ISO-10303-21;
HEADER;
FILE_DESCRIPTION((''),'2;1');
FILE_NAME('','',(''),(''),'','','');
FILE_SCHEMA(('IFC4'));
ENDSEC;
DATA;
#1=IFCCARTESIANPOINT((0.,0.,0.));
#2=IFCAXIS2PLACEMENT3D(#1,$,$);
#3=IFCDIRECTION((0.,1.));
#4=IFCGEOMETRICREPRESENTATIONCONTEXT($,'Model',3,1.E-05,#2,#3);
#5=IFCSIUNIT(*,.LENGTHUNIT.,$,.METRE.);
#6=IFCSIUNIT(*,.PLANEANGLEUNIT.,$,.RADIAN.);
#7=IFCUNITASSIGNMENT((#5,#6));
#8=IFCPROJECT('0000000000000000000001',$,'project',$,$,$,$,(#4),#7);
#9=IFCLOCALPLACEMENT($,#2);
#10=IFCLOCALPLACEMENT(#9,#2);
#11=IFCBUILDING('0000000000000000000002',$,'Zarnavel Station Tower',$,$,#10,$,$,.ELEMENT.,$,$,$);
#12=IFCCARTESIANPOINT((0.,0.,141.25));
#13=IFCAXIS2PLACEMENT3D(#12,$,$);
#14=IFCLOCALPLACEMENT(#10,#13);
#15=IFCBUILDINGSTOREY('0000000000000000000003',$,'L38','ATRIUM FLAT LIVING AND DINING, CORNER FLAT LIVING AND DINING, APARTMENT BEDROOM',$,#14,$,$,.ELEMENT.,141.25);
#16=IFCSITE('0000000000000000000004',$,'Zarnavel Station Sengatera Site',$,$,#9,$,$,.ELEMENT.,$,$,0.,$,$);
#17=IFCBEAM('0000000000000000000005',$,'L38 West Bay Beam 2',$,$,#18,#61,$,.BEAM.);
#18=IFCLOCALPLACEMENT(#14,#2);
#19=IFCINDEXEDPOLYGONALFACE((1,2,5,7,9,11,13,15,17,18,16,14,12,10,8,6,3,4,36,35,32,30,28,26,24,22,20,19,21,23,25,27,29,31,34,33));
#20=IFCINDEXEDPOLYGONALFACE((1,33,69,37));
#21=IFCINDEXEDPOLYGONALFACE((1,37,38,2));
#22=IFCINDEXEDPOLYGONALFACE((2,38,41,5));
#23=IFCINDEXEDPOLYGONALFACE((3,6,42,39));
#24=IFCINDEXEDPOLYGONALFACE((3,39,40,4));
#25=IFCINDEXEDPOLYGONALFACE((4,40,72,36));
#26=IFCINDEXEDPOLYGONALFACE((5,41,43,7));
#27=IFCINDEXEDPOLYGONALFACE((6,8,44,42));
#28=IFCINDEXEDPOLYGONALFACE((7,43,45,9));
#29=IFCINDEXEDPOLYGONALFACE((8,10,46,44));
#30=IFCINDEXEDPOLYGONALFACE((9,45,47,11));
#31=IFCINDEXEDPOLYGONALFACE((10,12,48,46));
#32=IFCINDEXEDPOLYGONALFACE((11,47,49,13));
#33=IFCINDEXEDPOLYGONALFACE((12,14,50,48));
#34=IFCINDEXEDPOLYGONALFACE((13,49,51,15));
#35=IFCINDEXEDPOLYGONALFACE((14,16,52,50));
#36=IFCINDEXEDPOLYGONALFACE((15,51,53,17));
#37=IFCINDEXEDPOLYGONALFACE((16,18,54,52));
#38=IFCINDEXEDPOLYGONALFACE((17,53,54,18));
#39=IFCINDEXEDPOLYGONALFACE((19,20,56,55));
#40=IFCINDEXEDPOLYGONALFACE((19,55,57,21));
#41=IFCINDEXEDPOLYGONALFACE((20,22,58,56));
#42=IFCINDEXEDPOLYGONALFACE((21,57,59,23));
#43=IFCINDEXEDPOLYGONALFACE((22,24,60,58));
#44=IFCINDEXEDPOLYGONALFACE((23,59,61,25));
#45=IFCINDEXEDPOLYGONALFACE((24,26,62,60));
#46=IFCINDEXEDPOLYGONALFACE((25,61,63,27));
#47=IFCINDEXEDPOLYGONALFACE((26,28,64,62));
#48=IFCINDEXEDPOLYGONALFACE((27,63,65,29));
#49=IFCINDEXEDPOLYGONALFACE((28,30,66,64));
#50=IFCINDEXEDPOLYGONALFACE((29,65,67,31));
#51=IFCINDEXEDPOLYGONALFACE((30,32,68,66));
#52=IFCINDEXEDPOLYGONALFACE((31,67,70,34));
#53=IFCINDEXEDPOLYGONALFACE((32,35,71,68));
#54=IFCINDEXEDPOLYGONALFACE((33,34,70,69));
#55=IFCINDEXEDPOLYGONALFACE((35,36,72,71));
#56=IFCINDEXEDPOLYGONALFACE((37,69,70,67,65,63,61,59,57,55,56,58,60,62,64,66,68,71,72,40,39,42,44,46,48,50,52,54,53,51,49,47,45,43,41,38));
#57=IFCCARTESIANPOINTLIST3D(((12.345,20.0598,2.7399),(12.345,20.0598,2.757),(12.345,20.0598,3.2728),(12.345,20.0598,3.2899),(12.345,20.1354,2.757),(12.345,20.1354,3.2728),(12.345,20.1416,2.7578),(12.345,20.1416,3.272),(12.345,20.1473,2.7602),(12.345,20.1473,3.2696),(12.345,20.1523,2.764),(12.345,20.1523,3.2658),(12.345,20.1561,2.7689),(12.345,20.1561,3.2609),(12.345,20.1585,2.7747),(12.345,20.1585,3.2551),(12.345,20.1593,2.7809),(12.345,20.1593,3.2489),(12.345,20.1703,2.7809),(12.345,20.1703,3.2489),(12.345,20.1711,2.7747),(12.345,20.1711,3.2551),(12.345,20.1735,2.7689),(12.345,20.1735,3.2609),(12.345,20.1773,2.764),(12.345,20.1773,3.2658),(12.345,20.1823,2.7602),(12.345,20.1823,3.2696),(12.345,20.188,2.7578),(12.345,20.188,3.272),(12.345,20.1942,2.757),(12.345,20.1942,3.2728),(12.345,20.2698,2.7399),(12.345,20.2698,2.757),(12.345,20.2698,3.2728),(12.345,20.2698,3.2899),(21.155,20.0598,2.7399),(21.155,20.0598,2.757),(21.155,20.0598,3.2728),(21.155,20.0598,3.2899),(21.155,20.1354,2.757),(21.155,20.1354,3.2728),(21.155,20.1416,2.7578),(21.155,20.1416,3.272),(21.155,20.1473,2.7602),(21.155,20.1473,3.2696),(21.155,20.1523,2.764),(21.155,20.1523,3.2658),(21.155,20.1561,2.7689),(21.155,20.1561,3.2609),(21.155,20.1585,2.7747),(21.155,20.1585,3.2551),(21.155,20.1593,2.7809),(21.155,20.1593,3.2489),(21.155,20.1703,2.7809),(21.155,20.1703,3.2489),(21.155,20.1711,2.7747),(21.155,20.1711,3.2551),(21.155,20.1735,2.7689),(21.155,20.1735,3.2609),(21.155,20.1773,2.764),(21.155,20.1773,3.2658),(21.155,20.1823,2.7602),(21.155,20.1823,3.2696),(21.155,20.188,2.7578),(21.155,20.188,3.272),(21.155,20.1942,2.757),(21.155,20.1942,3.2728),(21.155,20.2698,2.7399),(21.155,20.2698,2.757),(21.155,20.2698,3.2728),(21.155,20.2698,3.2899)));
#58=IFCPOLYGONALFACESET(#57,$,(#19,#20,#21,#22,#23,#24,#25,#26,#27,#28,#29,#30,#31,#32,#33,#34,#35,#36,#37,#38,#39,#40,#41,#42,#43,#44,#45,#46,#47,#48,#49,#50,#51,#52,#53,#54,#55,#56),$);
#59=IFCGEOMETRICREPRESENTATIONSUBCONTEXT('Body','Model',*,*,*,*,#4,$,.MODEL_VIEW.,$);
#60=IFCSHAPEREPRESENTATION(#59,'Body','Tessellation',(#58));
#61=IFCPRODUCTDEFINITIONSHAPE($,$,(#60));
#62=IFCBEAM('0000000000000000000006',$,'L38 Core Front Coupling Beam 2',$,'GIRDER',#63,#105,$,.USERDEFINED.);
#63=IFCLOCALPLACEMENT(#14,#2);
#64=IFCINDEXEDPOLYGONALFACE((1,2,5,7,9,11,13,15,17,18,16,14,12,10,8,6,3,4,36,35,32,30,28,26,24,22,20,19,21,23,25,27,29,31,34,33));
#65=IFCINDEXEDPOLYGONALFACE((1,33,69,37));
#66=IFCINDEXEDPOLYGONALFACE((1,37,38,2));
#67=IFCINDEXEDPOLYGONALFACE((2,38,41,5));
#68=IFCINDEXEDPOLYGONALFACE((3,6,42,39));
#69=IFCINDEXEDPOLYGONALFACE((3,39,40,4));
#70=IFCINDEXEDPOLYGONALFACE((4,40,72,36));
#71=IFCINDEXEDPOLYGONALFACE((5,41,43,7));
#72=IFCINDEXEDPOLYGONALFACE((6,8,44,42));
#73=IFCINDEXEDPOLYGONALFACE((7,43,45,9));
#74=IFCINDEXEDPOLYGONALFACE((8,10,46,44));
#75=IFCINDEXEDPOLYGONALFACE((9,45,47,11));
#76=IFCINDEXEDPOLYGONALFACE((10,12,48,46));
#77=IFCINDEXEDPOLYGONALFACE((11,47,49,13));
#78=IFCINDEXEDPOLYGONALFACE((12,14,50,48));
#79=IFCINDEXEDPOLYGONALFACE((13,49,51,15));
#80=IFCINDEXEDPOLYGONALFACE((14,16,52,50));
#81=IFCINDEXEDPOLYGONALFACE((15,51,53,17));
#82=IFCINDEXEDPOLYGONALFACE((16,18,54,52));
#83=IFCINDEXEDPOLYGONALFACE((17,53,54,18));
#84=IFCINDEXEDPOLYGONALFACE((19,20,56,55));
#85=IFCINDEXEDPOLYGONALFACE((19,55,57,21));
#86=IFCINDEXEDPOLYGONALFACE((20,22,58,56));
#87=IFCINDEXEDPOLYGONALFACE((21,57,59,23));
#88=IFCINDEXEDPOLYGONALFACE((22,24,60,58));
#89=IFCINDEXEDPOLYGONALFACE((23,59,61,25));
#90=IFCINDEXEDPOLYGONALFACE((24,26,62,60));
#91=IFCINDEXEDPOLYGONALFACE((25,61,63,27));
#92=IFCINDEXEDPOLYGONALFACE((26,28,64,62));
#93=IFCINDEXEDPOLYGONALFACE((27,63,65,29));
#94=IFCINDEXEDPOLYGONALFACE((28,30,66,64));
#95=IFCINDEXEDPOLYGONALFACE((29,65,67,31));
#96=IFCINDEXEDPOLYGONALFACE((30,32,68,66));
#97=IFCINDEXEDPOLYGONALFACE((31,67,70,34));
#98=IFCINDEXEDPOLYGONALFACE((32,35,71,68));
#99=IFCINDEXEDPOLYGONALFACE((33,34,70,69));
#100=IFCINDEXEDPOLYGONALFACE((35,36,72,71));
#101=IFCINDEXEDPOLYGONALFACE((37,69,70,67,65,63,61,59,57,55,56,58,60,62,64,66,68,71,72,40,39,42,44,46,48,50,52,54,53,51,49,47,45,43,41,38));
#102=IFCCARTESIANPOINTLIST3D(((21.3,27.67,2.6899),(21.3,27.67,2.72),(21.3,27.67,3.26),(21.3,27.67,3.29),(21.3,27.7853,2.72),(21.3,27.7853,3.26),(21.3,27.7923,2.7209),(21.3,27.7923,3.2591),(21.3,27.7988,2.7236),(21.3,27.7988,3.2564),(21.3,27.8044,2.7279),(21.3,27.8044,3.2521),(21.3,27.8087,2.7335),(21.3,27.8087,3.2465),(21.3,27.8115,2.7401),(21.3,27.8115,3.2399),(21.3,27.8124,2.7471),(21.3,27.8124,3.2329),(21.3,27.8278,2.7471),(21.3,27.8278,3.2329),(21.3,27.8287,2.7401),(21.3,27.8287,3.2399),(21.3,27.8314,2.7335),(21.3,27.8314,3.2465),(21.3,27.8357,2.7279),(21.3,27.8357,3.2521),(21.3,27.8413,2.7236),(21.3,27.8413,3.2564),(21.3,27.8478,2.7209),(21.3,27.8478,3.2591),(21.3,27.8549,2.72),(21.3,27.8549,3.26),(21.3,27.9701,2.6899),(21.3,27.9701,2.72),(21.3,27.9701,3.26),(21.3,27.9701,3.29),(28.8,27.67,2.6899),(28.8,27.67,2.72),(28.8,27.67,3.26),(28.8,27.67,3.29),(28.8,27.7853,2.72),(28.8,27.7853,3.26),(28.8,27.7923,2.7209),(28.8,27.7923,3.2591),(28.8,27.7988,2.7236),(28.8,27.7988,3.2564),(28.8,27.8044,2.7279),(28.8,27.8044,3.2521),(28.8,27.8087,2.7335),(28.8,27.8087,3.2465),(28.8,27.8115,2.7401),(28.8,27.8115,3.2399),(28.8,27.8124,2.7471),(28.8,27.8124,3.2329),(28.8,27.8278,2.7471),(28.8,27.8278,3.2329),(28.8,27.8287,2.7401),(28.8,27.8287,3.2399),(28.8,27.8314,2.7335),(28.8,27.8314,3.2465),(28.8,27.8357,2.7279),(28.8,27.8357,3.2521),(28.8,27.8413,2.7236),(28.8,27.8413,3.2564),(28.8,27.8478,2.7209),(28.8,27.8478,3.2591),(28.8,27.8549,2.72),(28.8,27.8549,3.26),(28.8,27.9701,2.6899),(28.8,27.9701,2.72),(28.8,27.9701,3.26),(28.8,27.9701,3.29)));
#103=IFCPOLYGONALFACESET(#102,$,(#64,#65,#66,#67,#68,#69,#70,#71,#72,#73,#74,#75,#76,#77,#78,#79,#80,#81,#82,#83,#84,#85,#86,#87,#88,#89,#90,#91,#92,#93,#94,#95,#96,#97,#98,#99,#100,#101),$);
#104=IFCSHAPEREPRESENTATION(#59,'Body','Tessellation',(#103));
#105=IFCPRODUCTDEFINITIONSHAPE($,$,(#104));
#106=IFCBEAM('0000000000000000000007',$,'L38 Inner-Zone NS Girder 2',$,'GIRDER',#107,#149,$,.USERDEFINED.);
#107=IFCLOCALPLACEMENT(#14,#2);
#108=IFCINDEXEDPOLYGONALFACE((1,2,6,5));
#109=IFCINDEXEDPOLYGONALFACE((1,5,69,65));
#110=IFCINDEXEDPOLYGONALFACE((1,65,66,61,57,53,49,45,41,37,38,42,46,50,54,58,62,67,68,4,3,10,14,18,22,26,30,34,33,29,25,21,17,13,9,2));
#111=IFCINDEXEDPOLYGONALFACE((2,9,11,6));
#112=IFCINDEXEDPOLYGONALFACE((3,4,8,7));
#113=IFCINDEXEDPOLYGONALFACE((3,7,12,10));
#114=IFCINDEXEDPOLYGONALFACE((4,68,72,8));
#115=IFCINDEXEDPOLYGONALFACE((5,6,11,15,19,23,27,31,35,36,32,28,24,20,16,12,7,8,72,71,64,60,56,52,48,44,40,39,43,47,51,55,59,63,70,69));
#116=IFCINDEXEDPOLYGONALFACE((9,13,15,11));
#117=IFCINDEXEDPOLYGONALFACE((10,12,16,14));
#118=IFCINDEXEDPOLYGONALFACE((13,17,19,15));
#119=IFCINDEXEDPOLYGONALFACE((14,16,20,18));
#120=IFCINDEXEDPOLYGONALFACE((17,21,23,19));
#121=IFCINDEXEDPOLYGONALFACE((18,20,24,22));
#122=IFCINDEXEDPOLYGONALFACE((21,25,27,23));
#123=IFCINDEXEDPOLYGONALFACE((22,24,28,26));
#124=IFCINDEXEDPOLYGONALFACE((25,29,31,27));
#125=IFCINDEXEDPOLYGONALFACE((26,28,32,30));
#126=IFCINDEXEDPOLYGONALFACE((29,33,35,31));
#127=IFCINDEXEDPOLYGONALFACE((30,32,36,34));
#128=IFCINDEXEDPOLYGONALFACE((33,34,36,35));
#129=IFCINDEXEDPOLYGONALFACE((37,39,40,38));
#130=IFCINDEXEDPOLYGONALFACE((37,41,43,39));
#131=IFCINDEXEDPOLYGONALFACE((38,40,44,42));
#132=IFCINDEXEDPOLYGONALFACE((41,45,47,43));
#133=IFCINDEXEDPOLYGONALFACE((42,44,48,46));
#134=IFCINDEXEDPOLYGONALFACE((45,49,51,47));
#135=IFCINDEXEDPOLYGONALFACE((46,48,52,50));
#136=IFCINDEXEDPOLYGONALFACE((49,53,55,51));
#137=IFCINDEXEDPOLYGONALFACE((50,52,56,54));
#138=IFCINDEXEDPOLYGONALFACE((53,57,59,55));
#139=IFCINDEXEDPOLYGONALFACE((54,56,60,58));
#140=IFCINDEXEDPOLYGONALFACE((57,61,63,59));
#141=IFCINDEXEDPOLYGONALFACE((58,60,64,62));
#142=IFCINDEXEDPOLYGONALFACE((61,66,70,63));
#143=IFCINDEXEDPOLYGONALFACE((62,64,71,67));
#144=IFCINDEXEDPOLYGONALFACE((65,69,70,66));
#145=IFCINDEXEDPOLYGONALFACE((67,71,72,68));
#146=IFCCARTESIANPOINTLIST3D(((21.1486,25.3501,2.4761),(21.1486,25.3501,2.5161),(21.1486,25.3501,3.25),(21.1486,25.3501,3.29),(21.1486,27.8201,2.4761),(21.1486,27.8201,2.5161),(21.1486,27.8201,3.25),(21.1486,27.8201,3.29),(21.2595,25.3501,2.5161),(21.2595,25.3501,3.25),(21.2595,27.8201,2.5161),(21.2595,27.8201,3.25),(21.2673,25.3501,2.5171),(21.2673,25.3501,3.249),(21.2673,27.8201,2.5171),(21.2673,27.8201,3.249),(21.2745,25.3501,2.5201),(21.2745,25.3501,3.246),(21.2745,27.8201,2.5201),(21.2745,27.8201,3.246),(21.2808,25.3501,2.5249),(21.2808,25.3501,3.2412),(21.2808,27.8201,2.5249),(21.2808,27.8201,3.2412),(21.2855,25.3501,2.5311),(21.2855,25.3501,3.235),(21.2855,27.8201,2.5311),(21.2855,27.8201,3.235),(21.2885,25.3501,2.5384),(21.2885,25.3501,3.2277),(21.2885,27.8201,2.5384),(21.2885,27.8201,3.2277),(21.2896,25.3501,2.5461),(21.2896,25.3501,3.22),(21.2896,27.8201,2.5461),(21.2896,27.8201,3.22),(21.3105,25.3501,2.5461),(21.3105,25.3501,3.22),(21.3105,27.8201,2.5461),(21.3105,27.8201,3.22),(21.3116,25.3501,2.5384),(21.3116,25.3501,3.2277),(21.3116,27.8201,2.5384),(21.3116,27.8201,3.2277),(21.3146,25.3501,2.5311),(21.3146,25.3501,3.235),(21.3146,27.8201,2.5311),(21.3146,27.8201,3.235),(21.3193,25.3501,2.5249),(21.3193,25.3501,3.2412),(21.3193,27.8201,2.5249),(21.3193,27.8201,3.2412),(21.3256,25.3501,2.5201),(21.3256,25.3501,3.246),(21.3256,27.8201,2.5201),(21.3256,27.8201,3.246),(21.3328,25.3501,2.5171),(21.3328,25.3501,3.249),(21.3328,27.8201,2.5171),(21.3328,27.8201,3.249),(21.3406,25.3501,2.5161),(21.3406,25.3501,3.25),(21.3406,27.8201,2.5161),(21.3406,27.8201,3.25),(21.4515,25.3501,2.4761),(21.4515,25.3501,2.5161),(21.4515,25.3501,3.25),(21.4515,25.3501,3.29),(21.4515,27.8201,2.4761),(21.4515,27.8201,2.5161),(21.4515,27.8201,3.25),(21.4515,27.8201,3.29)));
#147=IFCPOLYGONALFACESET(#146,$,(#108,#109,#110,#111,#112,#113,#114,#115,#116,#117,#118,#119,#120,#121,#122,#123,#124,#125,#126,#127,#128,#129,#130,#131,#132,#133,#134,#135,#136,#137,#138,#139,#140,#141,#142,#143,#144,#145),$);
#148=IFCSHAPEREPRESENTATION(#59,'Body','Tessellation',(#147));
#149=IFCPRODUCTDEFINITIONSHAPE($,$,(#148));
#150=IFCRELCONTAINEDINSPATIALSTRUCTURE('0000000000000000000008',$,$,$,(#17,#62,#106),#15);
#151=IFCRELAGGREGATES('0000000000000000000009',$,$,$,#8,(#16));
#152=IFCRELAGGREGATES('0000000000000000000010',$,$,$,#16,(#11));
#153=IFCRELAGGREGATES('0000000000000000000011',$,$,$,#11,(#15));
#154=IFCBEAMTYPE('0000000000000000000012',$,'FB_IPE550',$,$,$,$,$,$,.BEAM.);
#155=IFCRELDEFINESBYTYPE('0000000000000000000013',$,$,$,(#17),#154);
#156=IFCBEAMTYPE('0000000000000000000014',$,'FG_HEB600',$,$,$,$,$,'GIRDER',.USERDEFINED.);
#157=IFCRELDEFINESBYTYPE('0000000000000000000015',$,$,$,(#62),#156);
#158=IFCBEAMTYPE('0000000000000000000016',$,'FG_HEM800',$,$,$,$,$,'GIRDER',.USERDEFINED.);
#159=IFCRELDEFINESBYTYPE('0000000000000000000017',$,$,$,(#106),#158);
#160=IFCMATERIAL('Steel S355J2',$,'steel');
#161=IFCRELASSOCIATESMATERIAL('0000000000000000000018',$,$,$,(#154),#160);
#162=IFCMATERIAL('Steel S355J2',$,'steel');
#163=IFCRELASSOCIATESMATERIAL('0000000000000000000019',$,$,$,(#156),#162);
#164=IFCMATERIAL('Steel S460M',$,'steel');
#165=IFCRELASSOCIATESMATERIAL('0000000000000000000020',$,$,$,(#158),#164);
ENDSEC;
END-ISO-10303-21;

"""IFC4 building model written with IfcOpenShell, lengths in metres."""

from ifc_helpers import new_model, si_unit, direction, frame, origin, origin_2d, place, context, subcontext, project, spatial, i_section, extrude, material, material_profile, profile_set, type_object, element, save


model = new_model("IFC4")

# Units and contexts
model_context = context("Model", 3, precision=1e-05, world=origin(), true_north=direction((0.0, 1.0)))
body_context = subcontext(model_context, "Body", "Model", "MODEL_VIEW")
ifc_project = project(units=[si_unit("LENGTHUNIT", "METRE"), si_unit("PLANEANGLEUNIT", "RADIAN")], contexts=[model_context])

# Site, building, storey
site_placement = place(None, origin())
site = spatial("IfcSite", under=ifc_project, at=site_placement, Name="Zarnavel Station Sengatera Site", CompositionType="ELEMENT", RefElevation=0.0)
building_placement = place(site_placement, origin())
building = spatial("IfcBuilding", under=site, at=building_placement, Name="Zarnavel Station Tower", CompositionType="ELEMENT")
storey_placement = place(building_placement, frame((0.0, 0.0, 141.25)))
storey = spatial("IfcBuildingStorey", under=building, at=storey_placement, Name="L38", Description="ATRIUM FLAT LIVING AND DINING, CORNER FLAT LIVING AND DINING, APARTMENT BEDROOM", CompositionType="ELEMENT", Elevation=141.25)

# Beams
ifc_material_1 = material(Name="Steel S355J2", Category="steel")
ifc_material_profile_1 = material_profile(ifc_material_1, i_section(OverallWidth=0.21, OverallDepth=0.55, WebThickness=0.011, FlangeThickness=0.0171, FilletRadius=0.0239, at=origin_2d()), Name="IPE550")
ifc_profile_set_1 = profile_set([ifc_material_profile_1], Name="Steel S355J2")
beam_type_1 = type_object("IfcBeamType", Name="FB_IPE550", PredefinedType="BEAM", material=ifc_profile_set_1)
beam_1_placement = place(storey_placement, frame((12.345, 20.1648, 3.0149), z_axis=(1.0, 0.0, 0.0), x_axis=(0.0, 1.0, 0.0)))
element("IfcBeam", 1, at=beam_1_placement, inside=storey, type_object=beam_type_1, Name="L38 West Bay Beam 2", PredefinedType="BEAM", context=body_context, shape_type="SweptSolid", body=[
    extrude(i_section(OverallWidth=0.21, OverallDepth=0.55, WebThickness=0.011, FlangeThickness=0.0171, FilletRadius=0.0239, at=origin_2d()), origin(), (0.0, 0.0, 1.0), 8.8101),
])
ifc_material_2 = material(Name="Steel S355J2", Category="steel")
ifc_material_profile_2 = material_profile(ifc_material_2, i_section(OverallWidth=0.3, OverallDepth=0.6001, WebThickness=0.0154, FlangeThickness=0.03, FilletRadius=0.0271, at=origin_2d()), Name="HEB600")
ifc_profile_set_2 = profile_set([ifc_material_profile_2], Name="Steel S355J2")
beam_type_2 = type_object("IfcBeamType", Name="FG_HEB600", ElementType="GIRDER", PredefinedType="USERDEFINED", material=ifc_profile_set_2)
beam_2_placement = place(storey_placement, frame((21.3, 27.8201, 2.99), z_axis=(1.0, 0.0, 0.0), x_axis=(0.0, 1.0, 0.0)))
element("IfcBeam", 2, at=beam_2_placement, inside=storey, type_object=beam_type_2, Name="L38 Core Front Coupling Beam 2", ObjectType="GIRDER", PredefinedType="USERDEFINED", context=body_context, shape_type="SweptSolid", body=[
    extrude(i_section(OverallWidth=0.3, OverallDepth=0.6001, WebThickness=0.0154, FlangeThickness=0.03, FilletRadius=0.0271, at=origin_2d()), origin(), (0.0, 0.0, 1.0), 7.5),
])
ifc_material_3 = material(Name="Steel S460M", Category="steel")
ifc_material_profile_3 = material_profile(ifc_material_3, i_section(OverallWidth=0.303, OverallDepth=0.814, WebThickness=0.021, FlangeThickness=0.04, FilletRadius=0.03, at=origin_2d()), Name="HEM800")
ifc_profile_set_3 = profile_set([ifc_material_profile_3], Name="Steel S460M")
beam_type_3 = type_object("IfcBeamType", Name="FG_HEM800", ElementType="GIRDER", PredefinedType="USERDEFINED", material=ifc_profile_set_3)
beam_3_placement = place(storey_placement, frame((21.3, 25.3501, 2.8831), z_axis=(0.0, 1.0, 0.0), x_axis=(-1.0, 0.0, 0.0)))
element("IfcBeam", 3, at=beam_3_placement, inside=storey, type_object=beam_type_3, Name="L38 Inner-Zone NS Girder 2", ObjectType="GIRDER", PredefinedType="USERDEFINED", context=body_context, shape_type="SweptSolid", body=[
    extrude(i_section(OverallWidth=0.303, OverallDepth=0.814, WebThickness=0.021, FlangeThickness=0.04, FilletRadius=0.03, at=origin_2d()), origin(), (0.0, 0.0, 1.0), 2.47),
])

save(model, "model.ifc")
